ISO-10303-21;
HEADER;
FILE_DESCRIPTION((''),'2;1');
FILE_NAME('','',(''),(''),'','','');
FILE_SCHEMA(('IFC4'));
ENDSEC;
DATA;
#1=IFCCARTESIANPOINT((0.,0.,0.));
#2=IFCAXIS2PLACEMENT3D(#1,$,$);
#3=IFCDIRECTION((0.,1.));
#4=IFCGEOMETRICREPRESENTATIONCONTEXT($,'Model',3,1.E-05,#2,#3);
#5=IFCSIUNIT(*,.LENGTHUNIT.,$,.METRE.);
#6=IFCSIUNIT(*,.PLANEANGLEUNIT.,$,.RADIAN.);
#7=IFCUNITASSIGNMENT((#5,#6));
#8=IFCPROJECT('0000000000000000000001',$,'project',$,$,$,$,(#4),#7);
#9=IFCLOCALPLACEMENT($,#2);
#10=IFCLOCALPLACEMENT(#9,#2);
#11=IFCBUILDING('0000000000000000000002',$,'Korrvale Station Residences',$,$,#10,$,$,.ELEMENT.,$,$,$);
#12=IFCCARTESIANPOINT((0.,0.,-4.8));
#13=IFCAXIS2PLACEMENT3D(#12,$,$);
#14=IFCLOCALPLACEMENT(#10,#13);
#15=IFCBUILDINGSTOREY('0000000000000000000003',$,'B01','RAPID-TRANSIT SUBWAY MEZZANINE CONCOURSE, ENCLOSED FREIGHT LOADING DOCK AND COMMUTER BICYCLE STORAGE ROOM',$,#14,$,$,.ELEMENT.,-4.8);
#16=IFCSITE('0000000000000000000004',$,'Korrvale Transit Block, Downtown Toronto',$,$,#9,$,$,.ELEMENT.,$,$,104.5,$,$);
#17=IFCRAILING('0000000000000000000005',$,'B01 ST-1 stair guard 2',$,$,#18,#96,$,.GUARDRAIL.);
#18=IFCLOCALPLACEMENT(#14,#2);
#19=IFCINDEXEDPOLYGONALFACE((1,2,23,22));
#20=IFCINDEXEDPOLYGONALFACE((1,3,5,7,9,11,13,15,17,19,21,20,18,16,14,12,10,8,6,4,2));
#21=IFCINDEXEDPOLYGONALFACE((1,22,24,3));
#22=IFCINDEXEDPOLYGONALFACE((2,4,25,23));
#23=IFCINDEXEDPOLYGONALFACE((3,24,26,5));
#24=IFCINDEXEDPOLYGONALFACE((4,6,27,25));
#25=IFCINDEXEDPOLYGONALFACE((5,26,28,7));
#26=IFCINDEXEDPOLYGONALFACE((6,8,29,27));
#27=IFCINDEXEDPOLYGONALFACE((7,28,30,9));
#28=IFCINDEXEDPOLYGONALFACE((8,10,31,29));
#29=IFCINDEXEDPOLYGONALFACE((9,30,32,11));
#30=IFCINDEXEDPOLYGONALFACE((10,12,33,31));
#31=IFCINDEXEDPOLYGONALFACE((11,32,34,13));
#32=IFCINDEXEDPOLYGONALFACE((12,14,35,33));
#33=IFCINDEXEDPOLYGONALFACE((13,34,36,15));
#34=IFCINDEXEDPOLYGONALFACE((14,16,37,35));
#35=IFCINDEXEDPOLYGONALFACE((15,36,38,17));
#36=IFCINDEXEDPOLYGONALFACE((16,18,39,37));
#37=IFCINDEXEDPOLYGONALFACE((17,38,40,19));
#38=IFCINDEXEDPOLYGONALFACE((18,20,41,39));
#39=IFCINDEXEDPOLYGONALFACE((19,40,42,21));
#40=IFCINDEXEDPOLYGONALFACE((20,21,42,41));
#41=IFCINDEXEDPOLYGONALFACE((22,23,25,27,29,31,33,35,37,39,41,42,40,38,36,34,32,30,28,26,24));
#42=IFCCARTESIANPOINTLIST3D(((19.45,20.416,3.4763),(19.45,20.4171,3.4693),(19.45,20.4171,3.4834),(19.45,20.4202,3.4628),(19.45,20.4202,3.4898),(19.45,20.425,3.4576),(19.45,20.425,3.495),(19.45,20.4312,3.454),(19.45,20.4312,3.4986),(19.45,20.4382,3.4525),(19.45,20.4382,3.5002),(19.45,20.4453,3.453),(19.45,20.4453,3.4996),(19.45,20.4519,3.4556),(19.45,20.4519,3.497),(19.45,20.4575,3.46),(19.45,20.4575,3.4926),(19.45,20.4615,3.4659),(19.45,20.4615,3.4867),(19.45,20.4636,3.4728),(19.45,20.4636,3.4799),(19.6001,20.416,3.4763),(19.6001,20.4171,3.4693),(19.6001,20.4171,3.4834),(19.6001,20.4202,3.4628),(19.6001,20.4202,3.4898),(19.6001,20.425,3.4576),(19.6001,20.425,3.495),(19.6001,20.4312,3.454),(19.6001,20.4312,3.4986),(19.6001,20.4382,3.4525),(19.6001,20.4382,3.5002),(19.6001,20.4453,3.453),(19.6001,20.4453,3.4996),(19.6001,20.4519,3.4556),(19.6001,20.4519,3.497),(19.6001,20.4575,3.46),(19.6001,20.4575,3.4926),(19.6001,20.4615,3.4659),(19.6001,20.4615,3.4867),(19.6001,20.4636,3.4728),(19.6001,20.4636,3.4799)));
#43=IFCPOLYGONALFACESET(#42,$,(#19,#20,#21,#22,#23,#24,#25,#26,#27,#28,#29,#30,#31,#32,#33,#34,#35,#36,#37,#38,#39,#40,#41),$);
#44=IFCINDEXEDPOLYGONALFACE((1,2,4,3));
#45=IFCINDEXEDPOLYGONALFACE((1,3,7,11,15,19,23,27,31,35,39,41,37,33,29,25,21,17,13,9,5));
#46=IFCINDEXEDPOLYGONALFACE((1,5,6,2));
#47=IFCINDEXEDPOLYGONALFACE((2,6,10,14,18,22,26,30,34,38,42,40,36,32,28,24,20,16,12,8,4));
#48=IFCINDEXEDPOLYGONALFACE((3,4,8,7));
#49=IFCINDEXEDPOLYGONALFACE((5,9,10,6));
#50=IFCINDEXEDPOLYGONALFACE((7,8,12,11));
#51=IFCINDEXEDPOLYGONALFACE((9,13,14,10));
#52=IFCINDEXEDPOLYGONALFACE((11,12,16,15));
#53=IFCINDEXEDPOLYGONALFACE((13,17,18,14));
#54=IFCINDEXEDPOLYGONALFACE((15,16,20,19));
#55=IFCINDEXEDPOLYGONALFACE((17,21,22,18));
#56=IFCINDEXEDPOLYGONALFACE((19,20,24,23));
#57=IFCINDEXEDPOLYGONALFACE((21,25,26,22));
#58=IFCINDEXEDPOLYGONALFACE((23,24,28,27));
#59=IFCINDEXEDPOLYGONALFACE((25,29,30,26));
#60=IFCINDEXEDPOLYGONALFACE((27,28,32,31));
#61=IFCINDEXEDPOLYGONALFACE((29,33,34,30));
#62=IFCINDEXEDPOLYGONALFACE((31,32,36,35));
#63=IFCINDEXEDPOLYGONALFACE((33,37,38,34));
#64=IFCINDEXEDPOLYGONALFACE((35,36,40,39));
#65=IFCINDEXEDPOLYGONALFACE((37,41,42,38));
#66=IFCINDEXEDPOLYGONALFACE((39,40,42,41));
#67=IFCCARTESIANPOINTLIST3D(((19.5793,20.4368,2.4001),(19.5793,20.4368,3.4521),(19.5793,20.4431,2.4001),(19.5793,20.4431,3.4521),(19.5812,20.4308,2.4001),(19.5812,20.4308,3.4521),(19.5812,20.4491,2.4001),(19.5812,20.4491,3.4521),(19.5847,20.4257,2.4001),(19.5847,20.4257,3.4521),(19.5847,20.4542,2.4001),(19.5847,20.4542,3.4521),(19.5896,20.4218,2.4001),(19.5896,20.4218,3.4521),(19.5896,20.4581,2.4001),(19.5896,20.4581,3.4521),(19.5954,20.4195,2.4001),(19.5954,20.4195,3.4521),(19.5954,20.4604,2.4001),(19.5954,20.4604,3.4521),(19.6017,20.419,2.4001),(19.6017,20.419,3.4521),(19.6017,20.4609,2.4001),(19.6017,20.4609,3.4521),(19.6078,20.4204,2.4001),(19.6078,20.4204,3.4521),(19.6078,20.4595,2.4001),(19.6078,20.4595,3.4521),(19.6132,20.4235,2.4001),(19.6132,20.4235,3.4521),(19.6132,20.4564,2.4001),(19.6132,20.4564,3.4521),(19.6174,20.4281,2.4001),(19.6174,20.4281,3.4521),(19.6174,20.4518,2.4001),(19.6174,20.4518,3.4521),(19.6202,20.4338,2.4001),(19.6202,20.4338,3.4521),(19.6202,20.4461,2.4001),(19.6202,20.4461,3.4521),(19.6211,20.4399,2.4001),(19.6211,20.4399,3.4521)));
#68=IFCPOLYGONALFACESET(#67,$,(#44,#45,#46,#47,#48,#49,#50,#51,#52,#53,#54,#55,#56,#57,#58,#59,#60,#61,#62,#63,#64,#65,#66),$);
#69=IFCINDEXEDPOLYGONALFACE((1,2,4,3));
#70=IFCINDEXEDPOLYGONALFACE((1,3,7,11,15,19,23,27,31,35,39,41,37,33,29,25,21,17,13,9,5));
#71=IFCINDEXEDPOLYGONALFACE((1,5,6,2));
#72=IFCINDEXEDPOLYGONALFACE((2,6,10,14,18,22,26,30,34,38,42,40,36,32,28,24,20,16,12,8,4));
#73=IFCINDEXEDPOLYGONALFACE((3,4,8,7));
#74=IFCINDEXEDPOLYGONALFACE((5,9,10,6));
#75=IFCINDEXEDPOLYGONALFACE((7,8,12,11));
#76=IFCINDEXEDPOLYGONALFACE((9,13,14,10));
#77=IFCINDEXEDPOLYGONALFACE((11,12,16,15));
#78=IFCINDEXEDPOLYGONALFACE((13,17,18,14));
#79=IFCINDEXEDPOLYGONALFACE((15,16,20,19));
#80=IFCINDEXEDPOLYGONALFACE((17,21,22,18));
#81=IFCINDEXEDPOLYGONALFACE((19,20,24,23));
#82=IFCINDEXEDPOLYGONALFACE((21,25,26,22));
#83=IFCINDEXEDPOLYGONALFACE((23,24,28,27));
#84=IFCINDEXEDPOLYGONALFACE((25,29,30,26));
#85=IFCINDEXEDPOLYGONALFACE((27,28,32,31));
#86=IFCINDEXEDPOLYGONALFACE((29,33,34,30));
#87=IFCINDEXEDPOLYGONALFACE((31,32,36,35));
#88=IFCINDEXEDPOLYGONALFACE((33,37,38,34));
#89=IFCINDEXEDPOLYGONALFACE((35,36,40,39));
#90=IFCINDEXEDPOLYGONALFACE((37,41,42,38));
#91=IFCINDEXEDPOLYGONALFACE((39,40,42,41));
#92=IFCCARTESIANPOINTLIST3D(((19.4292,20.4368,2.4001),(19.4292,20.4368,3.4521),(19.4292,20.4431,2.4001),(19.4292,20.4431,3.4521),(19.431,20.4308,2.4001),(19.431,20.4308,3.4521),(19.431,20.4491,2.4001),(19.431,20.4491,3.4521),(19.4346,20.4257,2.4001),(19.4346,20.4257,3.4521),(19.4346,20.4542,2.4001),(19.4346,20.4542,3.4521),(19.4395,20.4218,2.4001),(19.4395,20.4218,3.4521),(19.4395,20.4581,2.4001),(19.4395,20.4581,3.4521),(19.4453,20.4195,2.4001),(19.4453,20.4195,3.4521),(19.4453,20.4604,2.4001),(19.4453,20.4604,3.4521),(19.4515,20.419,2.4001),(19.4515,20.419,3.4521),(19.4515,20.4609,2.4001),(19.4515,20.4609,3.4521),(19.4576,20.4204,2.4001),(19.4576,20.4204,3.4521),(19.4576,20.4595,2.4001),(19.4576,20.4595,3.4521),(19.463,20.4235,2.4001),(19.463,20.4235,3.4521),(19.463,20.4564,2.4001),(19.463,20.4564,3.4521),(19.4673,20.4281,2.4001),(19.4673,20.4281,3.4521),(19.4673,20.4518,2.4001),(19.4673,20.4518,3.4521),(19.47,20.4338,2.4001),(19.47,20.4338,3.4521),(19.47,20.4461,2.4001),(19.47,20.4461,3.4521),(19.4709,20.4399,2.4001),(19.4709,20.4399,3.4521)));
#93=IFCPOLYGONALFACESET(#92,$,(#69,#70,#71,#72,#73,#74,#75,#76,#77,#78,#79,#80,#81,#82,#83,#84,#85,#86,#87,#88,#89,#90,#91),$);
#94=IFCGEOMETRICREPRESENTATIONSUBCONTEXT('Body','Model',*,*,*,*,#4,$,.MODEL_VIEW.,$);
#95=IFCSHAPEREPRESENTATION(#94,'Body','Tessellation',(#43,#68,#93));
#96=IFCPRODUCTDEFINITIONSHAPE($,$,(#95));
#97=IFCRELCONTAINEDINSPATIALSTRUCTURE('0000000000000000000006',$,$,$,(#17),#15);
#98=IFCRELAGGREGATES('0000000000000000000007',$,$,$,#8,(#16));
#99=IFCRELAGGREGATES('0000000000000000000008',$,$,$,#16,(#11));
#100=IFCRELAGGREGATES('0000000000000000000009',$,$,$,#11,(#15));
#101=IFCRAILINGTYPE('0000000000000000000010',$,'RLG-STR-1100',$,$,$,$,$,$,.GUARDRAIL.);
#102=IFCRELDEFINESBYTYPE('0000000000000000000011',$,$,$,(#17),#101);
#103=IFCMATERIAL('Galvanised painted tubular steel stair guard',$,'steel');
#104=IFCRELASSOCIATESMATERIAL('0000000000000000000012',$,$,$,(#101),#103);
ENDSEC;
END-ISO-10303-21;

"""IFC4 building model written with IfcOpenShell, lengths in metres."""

from ifc_helpers import new_model, si_unit, direction, frame, origin, origin_2d, place, context, subcontext, project, spatial, circle, extrude, material, type_object, element, save


model = new_model("IFC4")

# Units and contexts
model_context = context("Model", 3, precision=1e-05, world=origin(), true_north=direction((0.0, 1.0)))
body_context = subcontext(model_context, "Body", "Model", "MODEL_VIEW")
ifc_project = project(units=[si_unit("LENGTHUNIT", "METRE"), si_unit("PLANEANGLEUNIT", "RADIAN")], contexts=[model_context])

# Site, building, storey
site_placement = place(None, origin())
site = spatial("IfcSite", under=ifc_project, at=site_placement, Name="Korrvale Transit Block, Downtown Toronto", CompositionType="ELEMENT", RefElevation=104.5)
building_placement = place(site_placement, origin())
building = spatial("IfcBuilding", under=site, at=building_placement, Name="Korrvale Station Residences", CompositionType="ELEMENT")
storey_placement = place(building_placement, frame((0.0, 0.0, -4.8)))
storey = spatial("IfcBuildingStorey", under=building, at=storey_placement, Name="B01", Description="RAPID-TRANSIT SUBWAY MEZZANINE CONCOURSE, ENCLOSED FREIGHT LOADING DOCK AND COMMUTER BICYCLE STORAGE ROOM", CompositionType="ELEMENT", Elevation=-4.8)

# Railing
ifc_material_1 = material(Name="Galvanised painted tubular steel stair guard", Category="steel")
railing_type_1 = type_object("IfcRailingType", Name="RLG-STR-1100", PredefinedType="GUARDRAIL", material=ifc_material_1)
railing_1_placement = place(storey_placement, frame((19.6001, 20.4399, 2.4001)))
element("IfcRailing", 1, at=railing_1_placement, inside=storey, type_object=railing_type_1, Name="B01 ST-1 stair guard 2", PredefinedType="GUARDRAIL", context=body_context, shape_type="SweptSolid", body=[
    extrude(circle(Radius=0.0239, at=origin_2d()), frame((0.0, 0.0, 1.0762), z_axis=(-1.0, 0.0, 0.0), x_axis=(0.0, -1.0, 0.0)), (0.0, 0.0, 1.0), 0.1501),
    extrude(circle(Radius=0.021, at=origin_2d()), origin(), (0.0, 0.0, 1.0), 1.052),
    extrude(circle(Radius=0.021, at=origin_2d()), frame((-0.1501, 0.0, 0.0)), (0.0, 0.0, 1.0), 1.052),
])

save(model, "model.ifc")
